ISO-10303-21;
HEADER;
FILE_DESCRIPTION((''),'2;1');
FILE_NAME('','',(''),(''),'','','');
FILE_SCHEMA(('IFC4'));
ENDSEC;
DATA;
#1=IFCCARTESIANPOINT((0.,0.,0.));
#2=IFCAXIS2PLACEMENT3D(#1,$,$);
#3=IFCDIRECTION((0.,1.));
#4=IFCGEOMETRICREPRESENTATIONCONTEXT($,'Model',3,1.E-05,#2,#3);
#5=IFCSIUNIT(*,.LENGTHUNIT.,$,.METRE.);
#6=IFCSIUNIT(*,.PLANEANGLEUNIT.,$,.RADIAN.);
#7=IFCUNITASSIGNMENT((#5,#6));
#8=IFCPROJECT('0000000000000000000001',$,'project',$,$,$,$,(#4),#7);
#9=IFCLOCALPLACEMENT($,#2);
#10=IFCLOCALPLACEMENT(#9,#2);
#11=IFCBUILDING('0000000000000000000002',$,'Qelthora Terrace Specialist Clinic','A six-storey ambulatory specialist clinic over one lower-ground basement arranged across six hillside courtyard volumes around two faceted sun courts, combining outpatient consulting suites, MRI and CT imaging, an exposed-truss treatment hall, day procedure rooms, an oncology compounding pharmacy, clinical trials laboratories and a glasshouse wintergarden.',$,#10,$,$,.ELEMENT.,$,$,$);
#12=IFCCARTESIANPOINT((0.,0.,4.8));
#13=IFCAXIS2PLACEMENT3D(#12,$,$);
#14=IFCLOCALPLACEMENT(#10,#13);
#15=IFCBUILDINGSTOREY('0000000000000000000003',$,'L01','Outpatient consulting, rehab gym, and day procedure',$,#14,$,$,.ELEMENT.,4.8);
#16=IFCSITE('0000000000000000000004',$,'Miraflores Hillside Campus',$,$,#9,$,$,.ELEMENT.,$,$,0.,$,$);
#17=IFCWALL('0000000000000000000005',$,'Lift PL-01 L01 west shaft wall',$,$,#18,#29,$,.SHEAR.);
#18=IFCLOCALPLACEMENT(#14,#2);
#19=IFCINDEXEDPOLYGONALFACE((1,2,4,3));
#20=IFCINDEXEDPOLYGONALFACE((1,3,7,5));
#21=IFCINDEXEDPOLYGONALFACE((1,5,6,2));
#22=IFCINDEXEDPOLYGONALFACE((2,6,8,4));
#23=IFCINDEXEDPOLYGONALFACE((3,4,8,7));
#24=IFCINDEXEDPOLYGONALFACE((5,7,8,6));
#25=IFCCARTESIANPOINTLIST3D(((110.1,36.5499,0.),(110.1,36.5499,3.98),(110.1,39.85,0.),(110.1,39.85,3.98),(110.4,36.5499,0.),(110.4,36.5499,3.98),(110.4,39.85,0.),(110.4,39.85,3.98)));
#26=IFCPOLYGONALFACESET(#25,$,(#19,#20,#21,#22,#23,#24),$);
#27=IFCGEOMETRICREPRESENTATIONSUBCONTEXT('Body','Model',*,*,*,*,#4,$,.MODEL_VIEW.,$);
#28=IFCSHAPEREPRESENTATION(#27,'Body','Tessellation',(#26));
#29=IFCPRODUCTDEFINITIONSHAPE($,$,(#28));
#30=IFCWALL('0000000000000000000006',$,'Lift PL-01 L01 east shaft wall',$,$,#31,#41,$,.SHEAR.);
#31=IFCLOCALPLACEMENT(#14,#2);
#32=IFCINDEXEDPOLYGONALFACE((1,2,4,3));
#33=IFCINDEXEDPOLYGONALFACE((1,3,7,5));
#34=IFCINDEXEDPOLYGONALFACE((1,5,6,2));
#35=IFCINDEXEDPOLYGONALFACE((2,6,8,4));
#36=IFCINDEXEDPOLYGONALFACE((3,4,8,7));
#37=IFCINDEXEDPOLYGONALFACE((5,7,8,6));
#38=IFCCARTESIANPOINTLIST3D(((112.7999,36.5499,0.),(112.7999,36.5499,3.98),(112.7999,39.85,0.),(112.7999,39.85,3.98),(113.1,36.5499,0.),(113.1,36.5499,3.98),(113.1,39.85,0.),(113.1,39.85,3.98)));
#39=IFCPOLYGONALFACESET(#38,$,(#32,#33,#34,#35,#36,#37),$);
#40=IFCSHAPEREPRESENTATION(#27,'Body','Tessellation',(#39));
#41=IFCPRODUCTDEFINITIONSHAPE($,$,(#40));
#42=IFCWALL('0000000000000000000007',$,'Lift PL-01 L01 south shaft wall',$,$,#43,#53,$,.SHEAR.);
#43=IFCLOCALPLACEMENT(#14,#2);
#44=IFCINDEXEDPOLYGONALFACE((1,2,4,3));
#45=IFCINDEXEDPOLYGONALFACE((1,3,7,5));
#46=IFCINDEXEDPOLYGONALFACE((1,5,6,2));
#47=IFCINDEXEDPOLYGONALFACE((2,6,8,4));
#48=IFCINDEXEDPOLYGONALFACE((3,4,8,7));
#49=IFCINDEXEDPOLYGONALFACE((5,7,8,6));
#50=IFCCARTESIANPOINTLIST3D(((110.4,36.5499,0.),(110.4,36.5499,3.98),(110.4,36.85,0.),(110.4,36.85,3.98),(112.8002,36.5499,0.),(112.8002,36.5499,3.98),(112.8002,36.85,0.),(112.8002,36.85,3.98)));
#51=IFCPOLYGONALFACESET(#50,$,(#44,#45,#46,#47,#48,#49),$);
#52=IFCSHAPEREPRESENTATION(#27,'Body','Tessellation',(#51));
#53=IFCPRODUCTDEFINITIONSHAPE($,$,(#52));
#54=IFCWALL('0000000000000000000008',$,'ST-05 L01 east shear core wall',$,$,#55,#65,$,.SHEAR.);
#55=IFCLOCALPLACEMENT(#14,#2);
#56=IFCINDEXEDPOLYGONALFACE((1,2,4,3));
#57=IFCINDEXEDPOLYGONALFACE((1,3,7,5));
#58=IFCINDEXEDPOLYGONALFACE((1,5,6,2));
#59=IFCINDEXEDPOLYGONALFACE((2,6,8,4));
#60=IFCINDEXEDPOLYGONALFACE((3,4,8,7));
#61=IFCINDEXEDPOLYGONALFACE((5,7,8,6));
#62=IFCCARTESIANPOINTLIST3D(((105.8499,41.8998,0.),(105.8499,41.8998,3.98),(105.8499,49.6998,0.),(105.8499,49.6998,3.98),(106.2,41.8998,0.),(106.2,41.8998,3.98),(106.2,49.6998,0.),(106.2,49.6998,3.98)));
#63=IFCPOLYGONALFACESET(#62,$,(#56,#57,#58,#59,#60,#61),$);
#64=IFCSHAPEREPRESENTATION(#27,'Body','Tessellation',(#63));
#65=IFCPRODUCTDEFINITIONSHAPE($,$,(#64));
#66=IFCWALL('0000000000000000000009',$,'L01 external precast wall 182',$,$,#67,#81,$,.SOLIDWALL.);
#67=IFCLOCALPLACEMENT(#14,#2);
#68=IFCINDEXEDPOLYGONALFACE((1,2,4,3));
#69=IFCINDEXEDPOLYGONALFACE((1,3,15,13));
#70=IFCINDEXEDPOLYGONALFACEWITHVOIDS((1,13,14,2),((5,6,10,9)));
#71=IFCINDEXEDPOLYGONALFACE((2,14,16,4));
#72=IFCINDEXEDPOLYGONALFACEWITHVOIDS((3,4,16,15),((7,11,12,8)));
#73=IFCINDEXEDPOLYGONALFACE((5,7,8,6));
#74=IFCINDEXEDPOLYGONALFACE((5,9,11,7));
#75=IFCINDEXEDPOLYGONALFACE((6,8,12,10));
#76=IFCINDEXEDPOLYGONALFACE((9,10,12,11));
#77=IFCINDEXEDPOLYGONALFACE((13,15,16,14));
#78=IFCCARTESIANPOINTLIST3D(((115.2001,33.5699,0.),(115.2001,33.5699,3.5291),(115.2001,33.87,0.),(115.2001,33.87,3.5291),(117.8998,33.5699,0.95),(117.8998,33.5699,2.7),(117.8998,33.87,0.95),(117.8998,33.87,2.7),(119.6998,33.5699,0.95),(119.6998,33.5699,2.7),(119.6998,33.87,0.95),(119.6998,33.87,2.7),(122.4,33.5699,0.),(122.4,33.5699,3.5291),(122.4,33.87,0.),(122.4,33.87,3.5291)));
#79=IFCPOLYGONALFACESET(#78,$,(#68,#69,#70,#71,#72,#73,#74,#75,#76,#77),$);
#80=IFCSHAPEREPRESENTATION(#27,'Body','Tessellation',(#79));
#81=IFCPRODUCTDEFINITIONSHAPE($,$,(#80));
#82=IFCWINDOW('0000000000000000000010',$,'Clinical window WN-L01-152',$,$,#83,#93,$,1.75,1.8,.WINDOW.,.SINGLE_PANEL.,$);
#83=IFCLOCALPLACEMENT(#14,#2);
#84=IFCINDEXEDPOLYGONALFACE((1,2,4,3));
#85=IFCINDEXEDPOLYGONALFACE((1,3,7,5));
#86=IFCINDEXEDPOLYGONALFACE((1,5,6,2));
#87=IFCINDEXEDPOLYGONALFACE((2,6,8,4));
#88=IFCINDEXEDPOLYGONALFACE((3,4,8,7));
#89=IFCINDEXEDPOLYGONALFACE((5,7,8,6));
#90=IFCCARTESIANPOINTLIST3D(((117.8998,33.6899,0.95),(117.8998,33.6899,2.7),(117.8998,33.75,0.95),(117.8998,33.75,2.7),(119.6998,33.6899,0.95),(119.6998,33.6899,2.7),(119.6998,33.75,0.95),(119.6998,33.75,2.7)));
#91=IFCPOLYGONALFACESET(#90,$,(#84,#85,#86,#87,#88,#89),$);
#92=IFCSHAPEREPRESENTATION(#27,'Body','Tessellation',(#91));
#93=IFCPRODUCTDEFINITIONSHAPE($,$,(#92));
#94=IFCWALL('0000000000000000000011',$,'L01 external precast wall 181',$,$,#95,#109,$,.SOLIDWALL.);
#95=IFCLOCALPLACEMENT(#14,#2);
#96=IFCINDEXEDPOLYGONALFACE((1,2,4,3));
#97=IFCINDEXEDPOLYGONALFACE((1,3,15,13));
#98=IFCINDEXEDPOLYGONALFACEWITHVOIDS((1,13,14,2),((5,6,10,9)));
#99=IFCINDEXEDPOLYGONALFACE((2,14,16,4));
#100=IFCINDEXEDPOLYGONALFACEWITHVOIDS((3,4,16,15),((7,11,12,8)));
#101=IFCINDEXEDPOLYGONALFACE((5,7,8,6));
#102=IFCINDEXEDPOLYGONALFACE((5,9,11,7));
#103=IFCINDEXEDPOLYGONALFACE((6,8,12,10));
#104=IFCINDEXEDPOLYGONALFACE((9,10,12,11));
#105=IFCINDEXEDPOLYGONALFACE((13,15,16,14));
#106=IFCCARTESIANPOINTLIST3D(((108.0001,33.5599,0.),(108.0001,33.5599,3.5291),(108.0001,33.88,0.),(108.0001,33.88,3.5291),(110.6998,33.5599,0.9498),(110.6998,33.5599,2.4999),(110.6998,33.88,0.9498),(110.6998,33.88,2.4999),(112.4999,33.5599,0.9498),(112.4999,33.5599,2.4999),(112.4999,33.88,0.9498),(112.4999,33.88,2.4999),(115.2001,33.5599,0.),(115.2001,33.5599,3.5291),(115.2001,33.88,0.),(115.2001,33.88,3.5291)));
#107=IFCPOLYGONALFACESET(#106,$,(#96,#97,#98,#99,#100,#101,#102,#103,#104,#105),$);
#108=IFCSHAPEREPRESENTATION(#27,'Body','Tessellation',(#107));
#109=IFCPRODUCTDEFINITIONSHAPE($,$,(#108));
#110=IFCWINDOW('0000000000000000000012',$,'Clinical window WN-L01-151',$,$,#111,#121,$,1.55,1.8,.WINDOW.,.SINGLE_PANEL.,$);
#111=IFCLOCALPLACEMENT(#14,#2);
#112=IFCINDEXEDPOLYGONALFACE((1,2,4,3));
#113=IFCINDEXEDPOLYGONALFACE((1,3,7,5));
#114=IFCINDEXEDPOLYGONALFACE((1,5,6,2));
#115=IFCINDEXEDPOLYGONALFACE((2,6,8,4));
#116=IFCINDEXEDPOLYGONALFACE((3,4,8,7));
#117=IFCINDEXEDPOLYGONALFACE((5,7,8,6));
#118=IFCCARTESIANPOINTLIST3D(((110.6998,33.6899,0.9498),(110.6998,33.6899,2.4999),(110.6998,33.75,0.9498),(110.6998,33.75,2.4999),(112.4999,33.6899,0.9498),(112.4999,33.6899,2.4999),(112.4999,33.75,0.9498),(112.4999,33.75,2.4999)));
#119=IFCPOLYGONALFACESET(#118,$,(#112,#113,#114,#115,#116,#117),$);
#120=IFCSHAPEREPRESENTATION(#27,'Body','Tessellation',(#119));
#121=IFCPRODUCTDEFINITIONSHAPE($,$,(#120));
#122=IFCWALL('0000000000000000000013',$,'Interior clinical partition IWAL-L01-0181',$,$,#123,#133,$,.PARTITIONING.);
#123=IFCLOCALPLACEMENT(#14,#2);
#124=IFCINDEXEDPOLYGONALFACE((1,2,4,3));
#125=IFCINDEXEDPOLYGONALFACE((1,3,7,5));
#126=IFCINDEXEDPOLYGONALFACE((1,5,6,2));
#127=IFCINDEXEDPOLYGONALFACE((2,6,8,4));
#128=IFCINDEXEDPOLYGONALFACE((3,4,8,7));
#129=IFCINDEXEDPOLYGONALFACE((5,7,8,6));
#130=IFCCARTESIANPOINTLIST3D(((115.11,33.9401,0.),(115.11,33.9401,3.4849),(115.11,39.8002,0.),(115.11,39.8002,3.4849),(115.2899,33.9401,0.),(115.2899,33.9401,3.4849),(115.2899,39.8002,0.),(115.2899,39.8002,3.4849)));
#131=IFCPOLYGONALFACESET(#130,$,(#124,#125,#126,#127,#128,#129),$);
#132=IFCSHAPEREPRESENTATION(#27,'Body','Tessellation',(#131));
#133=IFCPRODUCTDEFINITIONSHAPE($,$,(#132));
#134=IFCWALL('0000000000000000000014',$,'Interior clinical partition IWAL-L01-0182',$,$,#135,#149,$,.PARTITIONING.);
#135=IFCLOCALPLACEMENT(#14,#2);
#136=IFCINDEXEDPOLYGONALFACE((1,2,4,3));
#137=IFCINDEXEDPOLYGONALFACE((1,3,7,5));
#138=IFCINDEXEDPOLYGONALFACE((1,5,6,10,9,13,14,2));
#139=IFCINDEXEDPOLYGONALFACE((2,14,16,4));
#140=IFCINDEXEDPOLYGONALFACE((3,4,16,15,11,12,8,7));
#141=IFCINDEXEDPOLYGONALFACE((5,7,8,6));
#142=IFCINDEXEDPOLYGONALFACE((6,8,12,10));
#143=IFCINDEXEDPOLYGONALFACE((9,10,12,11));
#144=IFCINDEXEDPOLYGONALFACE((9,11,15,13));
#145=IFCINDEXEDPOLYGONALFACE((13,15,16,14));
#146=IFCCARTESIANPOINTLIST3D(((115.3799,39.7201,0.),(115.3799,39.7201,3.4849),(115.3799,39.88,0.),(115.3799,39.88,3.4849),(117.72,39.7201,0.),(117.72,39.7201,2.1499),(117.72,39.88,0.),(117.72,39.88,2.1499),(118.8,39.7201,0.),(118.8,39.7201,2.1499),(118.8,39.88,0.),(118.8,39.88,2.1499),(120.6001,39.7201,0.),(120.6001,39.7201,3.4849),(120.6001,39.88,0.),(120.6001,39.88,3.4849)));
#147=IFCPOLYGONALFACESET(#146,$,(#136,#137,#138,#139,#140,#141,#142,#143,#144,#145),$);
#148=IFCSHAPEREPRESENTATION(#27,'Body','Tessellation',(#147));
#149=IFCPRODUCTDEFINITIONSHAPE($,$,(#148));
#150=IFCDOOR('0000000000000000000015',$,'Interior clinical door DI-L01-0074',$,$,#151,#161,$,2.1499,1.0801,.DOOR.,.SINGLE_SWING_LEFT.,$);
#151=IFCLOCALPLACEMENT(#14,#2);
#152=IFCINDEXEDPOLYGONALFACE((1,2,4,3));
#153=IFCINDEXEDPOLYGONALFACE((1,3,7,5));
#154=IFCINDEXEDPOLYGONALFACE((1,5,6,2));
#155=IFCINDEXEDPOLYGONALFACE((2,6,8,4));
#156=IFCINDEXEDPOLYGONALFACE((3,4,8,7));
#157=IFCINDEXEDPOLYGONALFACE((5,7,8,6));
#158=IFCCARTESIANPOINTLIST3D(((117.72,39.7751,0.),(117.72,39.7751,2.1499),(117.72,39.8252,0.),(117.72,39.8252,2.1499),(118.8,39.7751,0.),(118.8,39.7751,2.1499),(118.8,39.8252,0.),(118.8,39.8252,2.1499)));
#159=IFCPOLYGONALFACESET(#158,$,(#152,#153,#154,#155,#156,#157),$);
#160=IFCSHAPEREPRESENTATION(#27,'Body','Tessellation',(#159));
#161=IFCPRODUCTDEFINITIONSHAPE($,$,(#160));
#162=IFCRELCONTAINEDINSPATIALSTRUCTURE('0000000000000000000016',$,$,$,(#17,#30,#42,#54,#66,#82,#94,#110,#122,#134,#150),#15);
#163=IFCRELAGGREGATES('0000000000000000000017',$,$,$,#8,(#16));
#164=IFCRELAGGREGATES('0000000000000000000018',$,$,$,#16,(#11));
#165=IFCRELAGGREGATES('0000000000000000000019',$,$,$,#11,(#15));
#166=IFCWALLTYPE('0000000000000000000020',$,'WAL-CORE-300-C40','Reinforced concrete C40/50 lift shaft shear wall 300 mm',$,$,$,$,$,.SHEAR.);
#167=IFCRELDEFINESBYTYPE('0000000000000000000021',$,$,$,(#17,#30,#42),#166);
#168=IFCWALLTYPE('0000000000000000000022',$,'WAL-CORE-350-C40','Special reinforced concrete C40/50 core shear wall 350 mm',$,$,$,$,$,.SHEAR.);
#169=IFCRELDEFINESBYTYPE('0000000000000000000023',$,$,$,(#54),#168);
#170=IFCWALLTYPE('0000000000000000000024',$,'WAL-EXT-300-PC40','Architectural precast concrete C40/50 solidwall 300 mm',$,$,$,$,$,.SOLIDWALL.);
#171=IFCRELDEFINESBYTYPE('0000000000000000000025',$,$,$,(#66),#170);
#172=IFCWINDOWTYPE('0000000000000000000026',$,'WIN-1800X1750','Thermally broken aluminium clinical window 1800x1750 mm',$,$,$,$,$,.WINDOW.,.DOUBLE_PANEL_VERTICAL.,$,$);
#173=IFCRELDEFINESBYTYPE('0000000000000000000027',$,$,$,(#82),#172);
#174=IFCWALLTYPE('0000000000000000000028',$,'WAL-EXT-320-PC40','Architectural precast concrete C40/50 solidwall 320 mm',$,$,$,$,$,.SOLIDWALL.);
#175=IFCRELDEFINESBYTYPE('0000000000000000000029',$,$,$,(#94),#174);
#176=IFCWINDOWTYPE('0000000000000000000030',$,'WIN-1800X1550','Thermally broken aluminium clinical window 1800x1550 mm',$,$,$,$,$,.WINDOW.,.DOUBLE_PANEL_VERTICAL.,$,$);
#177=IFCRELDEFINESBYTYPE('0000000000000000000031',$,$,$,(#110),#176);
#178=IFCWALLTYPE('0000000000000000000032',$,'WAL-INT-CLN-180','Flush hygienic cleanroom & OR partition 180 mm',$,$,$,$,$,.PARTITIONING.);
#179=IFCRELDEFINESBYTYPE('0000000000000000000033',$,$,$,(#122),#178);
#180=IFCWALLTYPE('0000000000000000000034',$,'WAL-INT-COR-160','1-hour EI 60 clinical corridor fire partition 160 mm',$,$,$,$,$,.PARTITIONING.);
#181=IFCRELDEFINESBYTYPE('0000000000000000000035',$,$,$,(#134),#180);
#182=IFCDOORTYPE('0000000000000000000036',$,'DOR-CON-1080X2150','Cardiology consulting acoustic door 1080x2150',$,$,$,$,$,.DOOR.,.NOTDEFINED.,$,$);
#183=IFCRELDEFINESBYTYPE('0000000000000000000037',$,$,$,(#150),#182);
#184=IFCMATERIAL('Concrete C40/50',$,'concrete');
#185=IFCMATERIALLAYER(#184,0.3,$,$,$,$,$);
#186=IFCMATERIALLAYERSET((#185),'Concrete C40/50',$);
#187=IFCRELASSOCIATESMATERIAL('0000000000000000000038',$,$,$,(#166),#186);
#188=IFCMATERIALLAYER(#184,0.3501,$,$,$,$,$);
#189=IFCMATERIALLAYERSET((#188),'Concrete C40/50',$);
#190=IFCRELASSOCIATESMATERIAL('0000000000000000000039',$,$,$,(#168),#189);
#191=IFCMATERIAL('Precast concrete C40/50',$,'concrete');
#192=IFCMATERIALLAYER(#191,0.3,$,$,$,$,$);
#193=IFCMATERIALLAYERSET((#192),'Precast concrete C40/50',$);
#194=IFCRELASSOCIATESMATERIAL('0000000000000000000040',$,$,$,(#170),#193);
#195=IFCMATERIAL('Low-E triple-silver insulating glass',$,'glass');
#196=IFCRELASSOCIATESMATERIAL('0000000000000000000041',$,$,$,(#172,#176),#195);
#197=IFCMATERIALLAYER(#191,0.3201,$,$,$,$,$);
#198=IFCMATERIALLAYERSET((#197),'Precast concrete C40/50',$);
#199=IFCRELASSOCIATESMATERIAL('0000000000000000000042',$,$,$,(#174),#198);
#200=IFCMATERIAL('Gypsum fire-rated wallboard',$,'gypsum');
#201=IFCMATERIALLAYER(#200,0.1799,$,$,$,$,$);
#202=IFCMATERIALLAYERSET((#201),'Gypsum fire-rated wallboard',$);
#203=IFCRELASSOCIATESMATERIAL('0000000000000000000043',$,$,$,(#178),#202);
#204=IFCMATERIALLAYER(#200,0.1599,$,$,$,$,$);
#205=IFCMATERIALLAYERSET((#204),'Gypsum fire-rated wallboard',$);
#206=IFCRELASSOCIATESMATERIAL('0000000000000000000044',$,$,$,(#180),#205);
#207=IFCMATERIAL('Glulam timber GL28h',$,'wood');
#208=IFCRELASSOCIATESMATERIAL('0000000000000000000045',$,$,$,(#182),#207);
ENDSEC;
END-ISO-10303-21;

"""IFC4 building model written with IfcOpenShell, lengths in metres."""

from ifc_helpers import new_model, si_unit, direction, frame, frame_2d, origin, place, context, subcontext, project, spatial, rectangle, extrude, material, layer, layer_set, type_object, element, fill, save


model = new_model("IFC4")

# Units and contexts
model_context = context("Model", 3, precision=1e-05, world=origin(), true_north=direction((0.0, 1.0)))
body_context = subcontext(model_context, "Body", "Model", "MODEL_VIEW")
ifc_project = project(units=[si_unit("LENGTHUNIT", "METRE"), si_unit("PLANEANGLEUNIT", "RADIAN")], contexts=[model_context])

# Site, building, storey
site_placement = place(None, origin())
site = spatial("IfcSite", under=ifc_project, at=site_placement, Name="Miraflores Hillside Campus", CompositionType="ELEMENT", RefElevation=0.0)
building_placement = place(site_placement, origin())
building = spatial("IfcBuilding", under=site, at=building_placement, Name="Qelthora Terrace Specialist Clinic", Description="A six-storey ambulatory specialist clinic over one lower-ground basement arranged across six hillside courtyard volumes around two faceted sun courts, combining outpatient consulting suites, MRI and CT imaging, an exposed-truss treatment hall, day procedure rooms, an oncology compounding pharmacy, clinical trials laboratories and a glasshouse wintergarden.", CompositionType="ELEMENT")
storey_placement = place(building_placement, frame((0.0, 0.0, 4.8)))
storey = spatial("IfcBuildingStorey", under=building, at=storey_placement, Name="L01", Description="Outpatient consulting, rehab gym, and day procedure", CompositionType="ELEMENT", Elevation=4.8)

# Shared definitions
ifc_material_1 = material(Name="Low-E triple-silver insulating glass", Category="glass")

# Walls
ifc_material_2 = material(Name="Concrete C40/50", Category="concrete")
ifc_layer_1 = layer(ifc_material_2, 0.3)
ifc_layer_set_1 = layer_set([ifc_layer_1], Name="Concrete C40/50")
wall_type_1 = type_object("IfcWallType", Name="WAL-CORE-300-C40", Description="Reinforced concrete C40/50 lift shaft shear wall 300 mm", PredefinedType="SHEAR", material=ifc_layer_set_1)
for number, where, z_axis, x_axis, name in (
    (1, (110.25, 36.55, 0.0), (0.0, 0.0, 1.0), (0.0, 1.0, 0.0), "Lift PL-01 L01 west shaft wall"),
    (2, (112.95, 36.55, 0.0), (0.0, 0.0, 1.0), (0.0, 1.0, 0.0), "Lift PL-01 L01 east shaft wall"),
):
    element("IfcWall", number, at=place(storey_placement, frame(where, z_axis=z_axis, x_axis=x_axis)), inside=storey, type_object=wall_type_1, Name=name, PredefinedType="SHEAR", context=body_context, shape_type="SweptSolid", body=[
        extrude(rectangle(XDim=3.3, YDim=0.3, at=frame_2d((1.6499, 0.0))), origin(), (0.0, 0.0, 1.0), 3.98),
    ])

# Walls
wall_1_placement = place(storey_placement, frame((110.3999, 36.7, 0.0), z_axis=(0.0, 0.0, 1.0), x_axis=(1.0, 0.0, 0.0)))
element("IfcWall", 3, at=wall_1_placement, inside=storey, type_object=wall_type_1, Name="Lift PL-01 L01 south shaft wall", PredefinedType="SHEAR", context=body_context, shape_type="SweptSolid", body=[
    extrude(rectangle(XDim=2.4001, YDim=0.3, at=frame_2d((1.2002, 0.0))), origin(), (0.0, 0.0, 1.0), 3.98),
])
ifc_layer_2 = layer(ifc_material_2, 0.3501)
ifc_layer_set_2 = layer_set([ifc_layer_2], Name="Concrete C40/50")
wall_type_2 = type_object("IfcWallType", Name="WAL-CORE-350-C40", Description="Special reinforced concrete C40/50 core shear wall 350 mm", PredefinedType="SHEAR", material=ifc_layer_set_2)
wall_2_placement = place(storey_placement, frame((106.0249, 41.8999, 0.0), z_axis=(0.0, 0.0, 1.0), x_axis=(0.0, 1.0, 0.0)))
element("IfcWall", 4, at=wall_2_placement, inside=storey, type_object=wall_type_2, Name="ST-05 L01 east shear core wall", PredefinedType="SHEAR", context=body_context, shape_type="SweptSolid", body=[
    extrude(rectangle(XDim=7.8, YDim=0.3501, at=frame_2d((3.8999, 0.0))), origin(), (0.0, 0.0, 1.0), 3.98),
])

# Walls, openings, windows
ifc_material_3 = material(Name="Precast concrete C40/50", Category="concrete")
ifc_layer_3 = layer(ifc_material_3, 0.3)
ifc_layer_set_3 = layer_set([ifc_layer_3], Name="Precast concrete C40/50")
wall_type_3 = type_object("IfcWallType", Name="WAL-EXT-300-PC40", Description="Architectural precast concrete C40/50 solidwall 300 mm", PredefinedType="SOLIDWALL", material=ifc_layer_set_3)
wall_3_placement = place(storey_placement, frame((115.2, 33.72, 0.0), z_axis=(0.0, 0.0, 1.0), x_axis=(1.0, 0.0, 0.0)))
wall_3 = element("IfcWall", 5, at=wall_3_placement, inside=storey, type_object=wall_type_3, Name="L01 external precast wall 182", PredefinedType="SOLIDWALL", context=body_context, shape_type="SweptSolid", body=[
    extrude(rectangle(XDim=7.2, YDim=0.3, at=frame_2d((3.6001, 0.0))), origin(), (0.0, 0.0, 1.0), 3.5291),
])
opening_1_placement = place(wall_3_placement, frame((2.7, 0.0, 0.95)))
opening_1 = element("IfcOpeningElement", 6, at=opening_1_placement, cuts=wall_3, PredefinedType="OPENING", context=body_context, shape_type="SweptSolid", body=[
    extrude(rectangle(XDim=1.8, YDim=1.75, at=frame_2d((0.8999, 0.875))), frame((0.0, 0.1599, 0.0), z_axis=(0.0, -1.0, 0.0), x_axis=(1.0, 0.0, 0.0)), (0.0, 0.0, 1.0), 0.3201),
])
window_type_1 = type_object("IfcWindowType", Name="WIN-1800X1750", Description="Thermally broken aluminium clinical window 1800x1750 mm", PartitioningType="DOUBLE_PANEL_VERTICAL", PredefinedType="WINDOW", material=ifc_material_1)
window_1_placement = place(opening_1_placement, origin())
window_1 = element("IfcWindow", 7, at=window_1_placement, inside=storey, type_object=window_type_1, Name="Clinical window WN-L01-152", OverallHeight=1.75, OverallWidth=1.8, PartitioningType="SINGLE_PANEL", PredefinedType="WINDOW", context=body_context, shape_type="SweptSolid", body=[
    extrude(rectangle(XDim=1.8, YDim=1.75, at=frame_2d((0.8999, 0.875))), frame((0.0, 0.03, 0.0), z_axis=(0.0, -1.0, 0.0), x_axis=(1.0, 0.0, 0.0)), (0.0, 0.0, 1.0), 0.0601),
])
fill(opening_1, window_1)
ifc_layer_4 = layer(ifc_material_3, 0.3201)
ifc_layer_set_4 = layer_set([ifc_layer_4], Name="Precast concrete C40/50")
wall_type_4 = type_object("IfcWallType", Name="WAL-EXT-320-PC40", Description="Architectural precast concrete C40/50 solidwall 320 mm", PredefinedType="SOLIDWALL", material=ifc_layer_set_4)
wall_4_placement = place(storey_placement, frame((108.0, 33.72, 0.0), z_axis=(0.0, 0.0, 1.0), x_axis=(1.0, 0.0, 0.0)))
wall_4 = element("IfcWall", 8, at=wall_4_placement, inside=storey, type_object=wall_type_4, Name="L01 external precast wall 181", PredefinedType="SOLIDWALL", context=body_context, shape_type="SweptSolid", body=[
    extrude(rectangle(XDim=7.2, YDim=0.3201, at=frame_2d((3.6001, 0.0))), origin(), (0.0, 0.0, 1.0), 3.5291),
])
opening_2_placement = place(wall_4_placement, frame((2.7, 0.0, 0.95)))
opening_2 = element("IfcOpeningElement", 9, at=opening_2_placement, cuts=wall_4, PredefinedType="OPENING", context=body_context, shape_type="SweptSolid", body=[
    extrude(rectangle(XDim=1.8, YDim=1.55, at=frame_2d((0.8999, 0.7749))), frame((0.0, 0.1699, 0.0), z_axis=(0.0, -1.0, 0.0), x_axis=(1.0, 0.0, 0.0)), (0.0, 0.0, 1.0), 0.3401),
])
window_type_2 = type_object("IfcWindowType", Name="WIN-1800X1550", Description="Thermally broken aluminium clinical window 1800x1550 mm", PartitioningType="DOUBLE_PANEL_VERTICAL", PredefinedType="WINDOW", material=ifc_material_1)
window_2_placement = place(opening_2_placement, origin())
window_2 = element("IfcWindow", 10, at=window_2_placement, inside=storey, type_object=window_type_2, Name="Clinical window WN-L01-151", OverallHeight=1.55, OverallWidth=1.8, PartitioningType="SINGLE_PANEL", PredefinedType="WINDOW", context=body_context, shape_type="SweptSolid", body=[
    extrude(rectangle(XDim=1.8, YDim=1.55, at=frame_2d((0.8999, 0.7749))), frame((0.0, 0.03, 0.0), z_axis=(0.0, -1.0, 0.0), x_axis=(1.0, 0.0, 0.0)), (0.0, 0.0, 1.0), 0.0601),
])
fill(opening_2, window_2)

# Wall
ifc_material_4 = material(Name="Gypsum fire-rated wallboard", Category="gypsum")
ifc_layer_5 = layer(ifc_material_4, 0.1799)
ifc_layer_set_5 = layer_set([ifc_layer_5], Name="Gypsum fire-rated wallboard")
wall_type_5 = type_object("IfcWallType", Name="WAL-INT-CLN-180", Description="Flush hygienic cleanroom & OR partition 180 mm", PredefinedType="PARTITIONING", material=ifc_layer_set_5)
wall_5_placement = place(storey_placement, frame((115.2, 33.9399, 0.0), z_axis=(0.0, 0.0, 1.0), x_axis=(0.0, 1.0, 0.0)))
element("IfcWall", 11, at=wall_5_placement, inside=storey, type_object=wall_type_5, Name="Interior clinical partition IWAL-L01-0181", PredefinedType="PARTITIONING", context=body_context, shape_type="SweptSolid", body=[
    extrude(rectangle(XDim=5.8601, YDim=0.1799, at=frame_2d((2.9302, 0.0))), origin(), (0.0, 0.0, 1.0), 3.4849),
])

# Wall, opening, door
ifc_layer_6 = layer(ifc_material_4, 0.1599)
ifc_layer_set_6 = layer_set([ifc_layer_6], Name="Gypsum fire-rated wallboard")
wall_type_6 = type_object("IfcWallType", Name="WAL-INT-COR-160", Description="1-hour EI 60 clinical corridor fire partition 160 mm", PredefinedType="PARTITIONING", material=ifc_layer_set_6)
wall_6_placement = place(storey_placement, frame((115.3799, 39.8, 0.0), z_axis=(0.0, 0.0, 1.0), x_axis=(1.0, 0.0, 0.0)))
wall_6 = element("IfcWall", 12, at=wall_6_placement, inside=storey, type_object=wall_type_6, Name="Interior clinical partition IWAL-L01-0182", PredefinedType="PARTITIONING", context=body_context, shape_type="SweptSolid", body=[
    extrude(rectangle(XDim=5.2202, YDim=0.1599, at=frame_2d((2.6101, 0.0))), origin(), (0.0, 0.0, 1.0), 3.4849),
])
opening_3_placement = place(wall_6_placement, frame((2.3401, 0.0, 0.0)))
opening_3 = element("IfcOpeningElement", 13, at=opening_3_placement, cuts=wall_6, PredefinedType="OPENING", context=body_context, shape_type="SweptSolid", body=[
    extrude(rectangle(XDim=1.0801, YDim=2.1499, at=frame_2d((0.54, 1.075))), frame((0.0, 0.0898, 0.0), z_axis=(0.0, -1.0, 0.0), x_axis=(1.0, 0.0, 0.0)), (0.0, 0.0, 1.0), 0.1799),
])
ifc_material_5 = material(Name="Glulam timber GL28h", Category="wood")
door_type_1 = type_object("IfcDoorType", Name="DOR-CON-1080X2150", Description="Cardiology consulting acoustic door 1080x2150", OperationType="NOTDEFINED", PredefinedType="DOOR", material=ifc_material_5)
door_1_placement = place(opening_3_placement, frame((1.0801, 0.0, 0.0), z_axis=(0.0, 0.0, 1.0), x_axis=(-1.0, 0.0, 0.0)))
door_1 = element("IfcDoor", 14, at=door_1_placement, inside=storey, type_object=door_type_1, Name="Interior clinical door DI-L01-0074", OperationType="SINGLE_SWING_LEFT", OverallHeight=2.1499, OverallWidth=1.0801, PredefinedType="DOOR", context=body_context, shape_type="SweptSolid", body=[
    extrude(rectangle(XDim=1.0801, YDim=2.1499, at=frame_2d((0.54, 1.075))), frame((0.0, 0.0249, 0.0), z_axis=(0.0, -1.0, 0.0), x_axis=(1.0, 0.0, 0.0)), (0.0, 0.0, 1.0), 0.05),
])
fill(opening_3, door_1)

save(model, "model.ifc")
